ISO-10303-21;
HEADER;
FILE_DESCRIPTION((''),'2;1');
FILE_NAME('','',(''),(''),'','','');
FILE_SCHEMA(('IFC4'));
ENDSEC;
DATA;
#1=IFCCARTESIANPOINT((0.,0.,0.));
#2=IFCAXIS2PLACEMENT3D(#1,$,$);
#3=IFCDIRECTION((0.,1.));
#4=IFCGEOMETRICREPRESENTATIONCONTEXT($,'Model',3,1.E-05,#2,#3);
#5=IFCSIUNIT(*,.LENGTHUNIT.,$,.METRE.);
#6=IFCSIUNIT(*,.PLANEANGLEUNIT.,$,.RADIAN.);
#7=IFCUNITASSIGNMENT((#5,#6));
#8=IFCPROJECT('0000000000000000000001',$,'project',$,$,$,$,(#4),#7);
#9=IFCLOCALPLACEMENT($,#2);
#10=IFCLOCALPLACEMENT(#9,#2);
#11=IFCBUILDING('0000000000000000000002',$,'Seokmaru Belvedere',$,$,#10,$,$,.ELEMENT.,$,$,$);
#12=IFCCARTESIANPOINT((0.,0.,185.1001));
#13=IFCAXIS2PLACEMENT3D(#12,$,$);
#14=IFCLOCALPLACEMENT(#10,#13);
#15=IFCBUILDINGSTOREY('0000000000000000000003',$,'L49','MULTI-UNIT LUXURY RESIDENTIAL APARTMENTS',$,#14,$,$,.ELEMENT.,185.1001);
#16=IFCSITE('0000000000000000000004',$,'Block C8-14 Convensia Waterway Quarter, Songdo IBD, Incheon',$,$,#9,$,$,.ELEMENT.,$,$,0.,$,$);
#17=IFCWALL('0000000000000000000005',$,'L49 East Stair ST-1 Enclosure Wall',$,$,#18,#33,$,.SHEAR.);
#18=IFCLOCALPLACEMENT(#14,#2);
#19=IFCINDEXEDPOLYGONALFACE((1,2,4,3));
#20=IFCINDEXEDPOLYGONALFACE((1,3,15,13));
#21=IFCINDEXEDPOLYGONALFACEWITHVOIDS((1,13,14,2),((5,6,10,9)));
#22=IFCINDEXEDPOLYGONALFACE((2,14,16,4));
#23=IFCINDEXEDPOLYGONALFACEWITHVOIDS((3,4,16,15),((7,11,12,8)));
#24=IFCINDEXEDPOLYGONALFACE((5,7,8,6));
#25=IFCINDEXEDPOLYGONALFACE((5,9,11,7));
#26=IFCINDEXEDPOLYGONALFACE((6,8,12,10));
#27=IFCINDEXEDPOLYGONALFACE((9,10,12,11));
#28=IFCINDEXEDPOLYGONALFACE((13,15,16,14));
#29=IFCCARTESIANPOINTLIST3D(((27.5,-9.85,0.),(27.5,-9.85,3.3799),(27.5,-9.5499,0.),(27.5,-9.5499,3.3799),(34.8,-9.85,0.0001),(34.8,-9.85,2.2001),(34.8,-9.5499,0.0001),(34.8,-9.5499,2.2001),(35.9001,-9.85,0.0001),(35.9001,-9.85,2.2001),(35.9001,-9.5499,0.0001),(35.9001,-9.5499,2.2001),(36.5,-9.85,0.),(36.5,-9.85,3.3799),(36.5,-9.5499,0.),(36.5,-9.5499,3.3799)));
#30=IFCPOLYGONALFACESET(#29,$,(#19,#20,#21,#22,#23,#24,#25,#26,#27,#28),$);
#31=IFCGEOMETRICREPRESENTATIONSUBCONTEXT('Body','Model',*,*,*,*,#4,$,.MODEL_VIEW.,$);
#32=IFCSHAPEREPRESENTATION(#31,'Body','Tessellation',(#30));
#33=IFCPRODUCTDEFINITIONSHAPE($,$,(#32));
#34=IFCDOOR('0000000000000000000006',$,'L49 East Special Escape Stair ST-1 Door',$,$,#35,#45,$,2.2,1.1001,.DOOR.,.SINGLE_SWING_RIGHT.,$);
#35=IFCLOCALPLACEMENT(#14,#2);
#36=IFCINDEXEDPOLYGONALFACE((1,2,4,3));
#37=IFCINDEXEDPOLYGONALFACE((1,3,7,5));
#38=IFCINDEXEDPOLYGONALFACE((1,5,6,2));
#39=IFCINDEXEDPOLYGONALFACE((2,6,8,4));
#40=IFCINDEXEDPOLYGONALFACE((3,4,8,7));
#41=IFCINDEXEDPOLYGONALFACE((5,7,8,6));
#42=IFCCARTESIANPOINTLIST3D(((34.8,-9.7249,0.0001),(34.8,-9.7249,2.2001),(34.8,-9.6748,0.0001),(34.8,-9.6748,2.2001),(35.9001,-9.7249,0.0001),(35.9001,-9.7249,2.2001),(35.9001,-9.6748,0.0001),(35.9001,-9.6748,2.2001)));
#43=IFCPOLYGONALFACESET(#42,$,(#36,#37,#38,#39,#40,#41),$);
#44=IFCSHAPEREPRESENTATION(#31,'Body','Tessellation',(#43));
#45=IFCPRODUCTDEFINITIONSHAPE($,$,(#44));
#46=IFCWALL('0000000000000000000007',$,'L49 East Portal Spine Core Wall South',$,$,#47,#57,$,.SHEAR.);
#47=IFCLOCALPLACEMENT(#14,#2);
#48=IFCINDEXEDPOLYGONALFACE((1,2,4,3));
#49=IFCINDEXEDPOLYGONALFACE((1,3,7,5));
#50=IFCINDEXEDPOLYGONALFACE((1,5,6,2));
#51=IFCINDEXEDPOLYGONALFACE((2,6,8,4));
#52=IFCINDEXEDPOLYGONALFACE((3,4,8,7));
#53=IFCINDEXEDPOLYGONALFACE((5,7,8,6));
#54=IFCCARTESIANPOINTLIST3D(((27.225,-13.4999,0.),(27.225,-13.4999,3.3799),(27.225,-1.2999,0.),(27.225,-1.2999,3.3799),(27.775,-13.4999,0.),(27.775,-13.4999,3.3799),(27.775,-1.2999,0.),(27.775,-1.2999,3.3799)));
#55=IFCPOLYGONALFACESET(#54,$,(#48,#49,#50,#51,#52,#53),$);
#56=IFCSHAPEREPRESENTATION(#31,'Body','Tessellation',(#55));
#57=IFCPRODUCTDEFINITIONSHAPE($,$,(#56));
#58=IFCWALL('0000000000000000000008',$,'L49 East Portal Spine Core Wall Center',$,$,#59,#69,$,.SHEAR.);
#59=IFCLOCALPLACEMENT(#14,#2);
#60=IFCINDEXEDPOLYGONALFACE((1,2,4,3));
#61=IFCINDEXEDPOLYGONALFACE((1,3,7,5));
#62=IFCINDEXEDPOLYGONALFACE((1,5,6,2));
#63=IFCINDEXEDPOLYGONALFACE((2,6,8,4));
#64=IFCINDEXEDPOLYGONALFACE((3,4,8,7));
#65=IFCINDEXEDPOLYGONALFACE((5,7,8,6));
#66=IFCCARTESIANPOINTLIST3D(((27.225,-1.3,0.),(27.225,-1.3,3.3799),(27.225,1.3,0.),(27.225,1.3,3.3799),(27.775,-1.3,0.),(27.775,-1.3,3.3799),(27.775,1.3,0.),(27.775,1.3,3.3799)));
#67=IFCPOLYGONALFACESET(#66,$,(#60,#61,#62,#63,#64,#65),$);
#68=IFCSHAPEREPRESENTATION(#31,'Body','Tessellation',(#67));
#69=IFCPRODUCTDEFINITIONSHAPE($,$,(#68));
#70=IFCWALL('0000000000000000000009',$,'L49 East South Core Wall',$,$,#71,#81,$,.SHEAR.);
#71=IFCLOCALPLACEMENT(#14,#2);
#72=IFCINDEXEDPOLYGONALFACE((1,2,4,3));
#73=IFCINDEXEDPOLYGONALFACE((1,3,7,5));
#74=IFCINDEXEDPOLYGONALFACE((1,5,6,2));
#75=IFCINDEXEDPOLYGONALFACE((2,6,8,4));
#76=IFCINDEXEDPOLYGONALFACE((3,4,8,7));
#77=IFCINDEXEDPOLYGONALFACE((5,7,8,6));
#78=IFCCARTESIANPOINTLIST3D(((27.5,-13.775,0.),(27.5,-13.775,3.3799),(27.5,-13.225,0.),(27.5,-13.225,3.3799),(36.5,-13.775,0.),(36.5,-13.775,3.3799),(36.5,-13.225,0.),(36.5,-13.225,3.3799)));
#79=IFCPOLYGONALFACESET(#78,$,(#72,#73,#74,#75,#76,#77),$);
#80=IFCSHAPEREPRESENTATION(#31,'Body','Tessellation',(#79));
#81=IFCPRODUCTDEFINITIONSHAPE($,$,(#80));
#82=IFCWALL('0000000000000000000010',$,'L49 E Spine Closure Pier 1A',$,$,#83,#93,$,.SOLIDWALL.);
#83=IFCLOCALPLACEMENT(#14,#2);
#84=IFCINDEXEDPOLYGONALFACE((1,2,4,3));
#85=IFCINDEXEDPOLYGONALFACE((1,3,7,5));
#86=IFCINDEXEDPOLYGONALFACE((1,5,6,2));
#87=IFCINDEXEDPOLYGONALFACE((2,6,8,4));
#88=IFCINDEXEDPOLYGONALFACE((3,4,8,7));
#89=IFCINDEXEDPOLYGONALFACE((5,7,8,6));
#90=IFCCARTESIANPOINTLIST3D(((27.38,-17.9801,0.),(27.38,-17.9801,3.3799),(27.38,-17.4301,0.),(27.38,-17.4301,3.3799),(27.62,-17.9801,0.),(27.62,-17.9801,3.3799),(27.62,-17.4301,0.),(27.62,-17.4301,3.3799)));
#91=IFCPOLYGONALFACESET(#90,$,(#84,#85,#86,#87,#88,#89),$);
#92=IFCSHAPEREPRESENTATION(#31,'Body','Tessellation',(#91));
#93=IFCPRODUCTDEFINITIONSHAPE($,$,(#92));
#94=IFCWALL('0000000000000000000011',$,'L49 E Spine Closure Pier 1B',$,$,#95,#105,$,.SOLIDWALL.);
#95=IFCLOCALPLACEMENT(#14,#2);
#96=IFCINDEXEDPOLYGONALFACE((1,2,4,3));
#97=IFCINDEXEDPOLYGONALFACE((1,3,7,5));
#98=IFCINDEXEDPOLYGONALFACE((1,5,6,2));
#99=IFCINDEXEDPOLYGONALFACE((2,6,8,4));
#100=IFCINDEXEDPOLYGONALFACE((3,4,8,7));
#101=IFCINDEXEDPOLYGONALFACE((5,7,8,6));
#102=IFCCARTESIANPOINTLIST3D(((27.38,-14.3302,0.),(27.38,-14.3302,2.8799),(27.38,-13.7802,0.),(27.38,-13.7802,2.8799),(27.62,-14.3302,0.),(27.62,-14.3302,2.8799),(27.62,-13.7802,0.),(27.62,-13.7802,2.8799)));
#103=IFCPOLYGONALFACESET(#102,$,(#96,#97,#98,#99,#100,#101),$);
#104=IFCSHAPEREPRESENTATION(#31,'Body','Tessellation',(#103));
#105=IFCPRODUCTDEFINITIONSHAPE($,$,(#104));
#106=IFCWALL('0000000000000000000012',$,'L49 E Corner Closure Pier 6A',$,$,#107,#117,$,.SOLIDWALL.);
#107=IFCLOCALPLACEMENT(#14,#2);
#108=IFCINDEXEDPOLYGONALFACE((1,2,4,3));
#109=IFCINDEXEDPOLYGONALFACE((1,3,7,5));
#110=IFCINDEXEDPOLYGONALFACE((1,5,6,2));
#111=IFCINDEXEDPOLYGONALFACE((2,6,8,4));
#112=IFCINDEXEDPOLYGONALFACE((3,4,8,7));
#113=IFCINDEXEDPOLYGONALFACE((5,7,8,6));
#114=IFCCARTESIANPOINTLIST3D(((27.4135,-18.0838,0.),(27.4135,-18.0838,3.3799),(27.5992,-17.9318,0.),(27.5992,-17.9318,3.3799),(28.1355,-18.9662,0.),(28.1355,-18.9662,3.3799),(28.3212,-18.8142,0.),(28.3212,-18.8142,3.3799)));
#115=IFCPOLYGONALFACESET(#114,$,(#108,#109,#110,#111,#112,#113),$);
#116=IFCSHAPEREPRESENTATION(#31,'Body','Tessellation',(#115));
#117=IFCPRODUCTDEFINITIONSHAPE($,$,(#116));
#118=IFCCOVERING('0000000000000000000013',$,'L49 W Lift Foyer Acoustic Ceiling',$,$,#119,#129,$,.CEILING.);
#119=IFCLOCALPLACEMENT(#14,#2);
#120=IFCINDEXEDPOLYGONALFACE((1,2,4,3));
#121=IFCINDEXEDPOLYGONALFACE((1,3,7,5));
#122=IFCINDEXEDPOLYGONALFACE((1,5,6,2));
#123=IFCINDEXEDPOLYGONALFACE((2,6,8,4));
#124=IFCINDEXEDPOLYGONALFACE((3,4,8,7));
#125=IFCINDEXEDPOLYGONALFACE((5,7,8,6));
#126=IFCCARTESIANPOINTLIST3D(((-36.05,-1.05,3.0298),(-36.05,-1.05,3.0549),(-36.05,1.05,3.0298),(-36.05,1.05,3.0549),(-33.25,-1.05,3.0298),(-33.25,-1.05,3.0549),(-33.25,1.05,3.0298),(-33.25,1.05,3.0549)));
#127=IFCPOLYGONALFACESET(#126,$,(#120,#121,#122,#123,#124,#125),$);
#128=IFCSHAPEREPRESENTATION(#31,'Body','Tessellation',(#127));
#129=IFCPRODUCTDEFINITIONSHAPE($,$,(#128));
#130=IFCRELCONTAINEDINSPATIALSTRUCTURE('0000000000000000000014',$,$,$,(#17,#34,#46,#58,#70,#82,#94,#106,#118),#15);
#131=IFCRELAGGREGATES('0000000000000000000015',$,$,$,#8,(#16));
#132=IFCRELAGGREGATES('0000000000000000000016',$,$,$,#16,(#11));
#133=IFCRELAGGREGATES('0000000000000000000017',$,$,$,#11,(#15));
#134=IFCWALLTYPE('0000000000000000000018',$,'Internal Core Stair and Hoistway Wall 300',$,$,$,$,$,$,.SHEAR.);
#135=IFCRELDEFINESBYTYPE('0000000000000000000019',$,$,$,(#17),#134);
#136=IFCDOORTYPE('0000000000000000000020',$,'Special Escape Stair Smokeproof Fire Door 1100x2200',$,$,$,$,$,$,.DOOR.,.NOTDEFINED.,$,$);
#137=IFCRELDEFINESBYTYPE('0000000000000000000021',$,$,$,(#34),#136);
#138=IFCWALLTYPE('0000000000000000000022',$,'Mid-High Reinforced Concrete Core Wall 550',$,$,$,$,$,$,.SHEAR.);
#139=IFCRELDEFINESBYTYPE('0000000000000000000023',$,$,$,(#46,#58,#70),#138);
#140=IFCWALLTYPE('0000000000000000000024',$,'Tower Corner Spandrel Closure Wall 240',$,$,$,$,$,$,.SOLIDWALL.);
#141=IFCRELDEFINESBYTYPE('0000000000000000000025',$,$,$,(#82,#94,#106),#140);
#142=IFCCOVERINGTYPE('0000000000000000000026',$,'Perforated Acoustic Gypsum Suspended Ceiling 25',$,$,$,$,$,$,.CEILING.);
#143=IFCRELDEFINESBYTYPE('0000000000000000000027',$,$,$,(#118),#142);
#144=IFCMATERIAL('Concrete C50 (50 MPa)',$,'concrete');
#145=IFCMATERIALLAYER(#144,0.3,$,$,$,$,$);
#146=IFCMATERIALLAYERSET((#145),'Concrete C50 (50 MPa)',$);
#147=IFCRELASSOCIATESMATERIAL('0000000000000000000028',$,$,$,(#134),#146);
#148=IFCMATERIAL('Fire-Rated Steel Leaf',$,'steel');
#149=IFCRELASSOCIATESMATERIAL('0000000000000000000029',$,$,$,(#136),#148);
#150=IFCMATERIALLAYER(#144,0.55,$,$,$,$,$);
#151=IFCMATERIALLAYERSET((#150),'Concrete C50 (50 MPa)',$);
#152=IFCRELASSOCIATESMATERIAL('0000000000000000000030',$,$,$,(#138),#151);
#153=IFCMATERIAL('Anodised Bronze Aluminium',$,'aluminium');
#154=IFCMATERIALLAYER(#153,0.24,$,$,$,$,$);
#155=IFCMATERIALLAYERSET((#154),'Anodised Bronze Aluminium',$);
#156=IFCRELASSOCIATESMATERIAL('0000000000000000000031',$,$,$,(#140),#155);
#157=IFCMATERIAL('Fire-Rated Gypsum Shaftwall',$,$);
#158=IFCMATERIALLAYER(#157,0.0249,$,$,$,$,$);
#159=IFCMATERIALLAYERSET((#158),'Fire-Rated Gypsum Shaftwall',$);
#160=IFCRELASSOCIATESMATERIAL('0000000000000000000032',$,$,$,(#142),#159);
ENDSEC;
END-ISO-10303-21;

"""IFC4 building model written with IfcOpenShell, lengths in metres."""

from ifc_helpers import new_model, si_unit, direction, frame, frame_2d, origin, place, context, subcontext, project, spatial, polyline, rectangle, outline, extrude, source, transform, mapped, material, layer, layer_set, type_object, type_shapes, element, fill, save


model = new_model("IFC4")

# Units and contexts
model_context = context("Model", 3, precision=1e-05, world=origin(), true_north=direction((0.0, 1.0)))
body_context = subcontext(model_context, "Body", "Model", "MODEL_VIEW")
ifc_project = project(units=[si_unit("LENGTHUNIT", "METRE"), si_unit("PLANEANGLEUNIT", "RADIAN")], contexts=[model_context])

# Site, building, storey
site_placement = place(None, origin())
site = spatial("IfcSite", under=ifc_project, at=site_placement, Name="Block C8-14 Convensia Waterway Quarter, Songdo IBD, Incheon", CompositionType="ELEMENT", RefElevation=0.0)
building_placement = place(site_placement, origin())
building = spatial("IfcBuilding", under=site, at=building_placement, Name="Seokmaru Belvedere", CompositionType="ELEMENT")
storey_placement = place(building_placement, frame((0.0, 0.0, 185.1001)))
storey = spatial("IfcBuildingStorey", under=building, at=storey_placement, Name="L49", Description="MULTI-UNIT LUXURY RESIDENTIAL APARTMENTS", CompositionType="ELEMENT", Elevation=185.1001)

# Shared definitions
ifc_material_1 = material(Name="Anodised Bronze Aluminium", Category="aluminium")

# Shared definitions
ifc_material_2 = material(Name="Fire-Rated Gypsum Shaftwall")
ifc_material_3 = material(Name="Fire-Rated Steel Leaf", Category="steel")

# Shared definitions
ifc_material_4 = material(Name="Concrete C50 (50 MPa)", Category="concrete")

# Wall, opening, door
ifc_layer_1 = layer(ifc_material_4, 0.3)
ifc_layer_set_1 = layer_set([ifc_layer_1], Name="Concrete C50 (50 MPa)")
wall_type_1 = type_object("IfcWallType", Name="Internal Core Stair and Hoistway Wall 300", PredefinedType="SHEAR", material=ifc_layer_set_1)
wall_1_placement = place(storey_placement, frame((27.5, -9.7, 0.0), z_axis=(0.0, 0.0, 1.0), x_axis=(1.0, 0.0, 0.0)))
wall_1 = element("IfcWall", 1, at=wall_1_placement, inside=storey, type_object=wall_type_1, Name="L49 East Stair ST-1 Enclosure Wall", PredefinedType="SHEAR", context=body_context, shape_type="SweptSolid", body=[
    extrude(rectangle(XDim=9.0, YDim=0.3, at=frame_2d((4.5, 0.0))), origin(), (0.0, 0.0, 1.0), 3.3799),
])
opening_1_placement = place(wall_1_placement, frame((7.3, 0.0, 0.0)))
opening_1 = element("IfcOpeningElement", 2, at=opening_1_placement, cuts=wall_1, PredefinedType="OPENING", context=body_context, shape_type="SweptSolid", body=[
    extrude(rectangle(XDim=1.1001, YDim=2.2, at=frame_2d((0.55, 1.1001))), frame((0.0, 0.1602, 0.0), z_axis=(0.0, -1.0, 0.0), x_axis=(1.0, 0.0, 0.0)), (0.0, 0.0, 1.0), 0.3201),
])
door_type_1 = type_object("IfcDoorType", Name="Special Escape Stair Smokeproof Fire Door 1100x2200", OperationType="NOTDEFINED", PredefinedType="DOOR", material=ifc_material_3)
shared_shape_1 = source(origin(), body_context, "Body", "SweptSolid", [
    extrude(rectangle(XDim=1.1001, YDim=2.2, at=frame_2d((0.55, 1.1001))), frame((0.0, 0.0249, 0.0), z_axis=(0.0, -1.0, 0.0), x_axis=(1.0, 0.0, 0.0)), (0.0, 0.0, 1.0), 0.05),
])
type_shapes(door_type_1, [shared_shape_1])
door_1_placement = place(opening_1_placement, frame((1.1001, 0.0, 0.0), z_axis=(0.0, 0.0, 1.0), x_axis=(-1.0, 0.0, 0.0)))
door_1 = element("IfcDoor", 3, at=door_1_placement, inside=storey, type_object=door_type_1, Name="L49 East Special Escape Stair ST-1 Door", OperationType="SINGLE_SWING_RIGHT", OverallHeight=2.2, OverallWidth=1.1001, PredefinedType="DOOR", context=body_context, shape_type="MappedRepresentation", body=[
    mapped(shared_shape_1, transform((0.0, 0.0, 0.0), scale=1.0)),
])
fill(opening_1, door_1)

# Walls
ifc_layer_2 = layer(ifc_material_4, 0.55)
ifc_layer_set_2 = layer_set([ifc_layer_2], Name="Concrete C50 (50 MPa)")
wall_type_2 = type_object("IfcWallType", Name="Mid-High Reinforced Concrete Core Wall 550", PredefinedType="SHEAR", material=ifc_layer_set_2)
wall_2_placement = place(storey_placement, frame((27.5, -13.5, 0.0), z_axis=(0.0, 0.0, 1.0), x_axis=(0.0, 1.0, 0.0)))
element("IfcWall", 4, at=wall_2_placement, inside=storey, type_object=wall_type_2, Name="L49 East Portal Spine Core Wall South", PredefinedType="SHEAR", context=body_context, shape_type="SweptSolid", body=[
    extrude(rectangle(XDim=12.2, YDim=0.55, at=frame_2d((6.1001, 0.0))), origin(), (0.0, 0.0, 1.0), 3.3799),
])
wall_3_placement = place(storey_placement, frame((27.5, -1.3, 0.0), z_axis=(0.0, 0.0, 1.0), x_axis=(0.0, 1.0, 0.0)))
element("IfcWall", 5, at=wall_3_placement, inside=storey, type_object=wall_type_2, Name="L49 East Portal Spine Core Wall Center", PredefinedType="SHEAR", context=body_context, shape_type="SweptSolid", body=[
    extrude(rectangle(XDim=2.6001, YDim=0.55, at=frame_2d((1.3, 0.0))), origin(), (0.0, 0.0, 1.0), 3.3799),
])
wall_4_placement = place(storey_placement, frame((27.5, -13.5, 0.0), z_axis=(0.0, 0.0, 1.0), x_axis=(1.0, 0.0, 0.0)))
element("IfcWall", 6, at=wall_4_placement, inside=storey, type_object=wall_type_2, Name="L49 East South Core Wall", PredefinedType="SHEAR", context=body_context, shape_type="SweptSolid", body=[
    extrude(rectangle(XDim=9.0, YDim=0.55, at=frame_2d((4.5, 0.0))), origin(), (0.0, 0.0, 1.0), 3.3799),
])
ifc_layer_3 = layer(ifc_material_1, 0.24)
ifc_layer_set_3 = layer_set([ifc_layer_3], Name="Anodised Bronze Aluminium")
wall_type_3 = type_object("IfcWallType", Name="Tower Corner Spandrel Closure Wall 240", PredefinedType="SOLIDWALL", material=ifc_layer_set_3)
wall_5_placement = place(storey_placement, frame((27.5, -17.98, 0.0), z_axis=(0.0, 0.0, 1.0), x_axis=(0.0, 1.0, 0.0)))
element("IfcWall", 7, at=wall_5_placement, inside=storey, type_object=wall_type_3, Name="L49 E Spine Closure Pier 1A", PredefinedType="SOLIDWALL", context=body_context, shape_type="SweptSolid", body=[
    extrude(rectangle(XDim=0.55, YDim=0.24, at=frame_2d((0.2749, 0.0))), origin(), (0.0, 0.0, 1.0), 3.3799),
])
wall_6_placement = place(storey_placement, frame((27.5, -14.3301, 0.0), z_axis=(0.0, 0.0, 1.0), x_axis=(0.0, 1.0, 0.0)))
element("IfcWall", 8, at=wall_6_placement, inside=storey, type_object=wall_type_3, Name="L49 E Spine Closure Pier 1B", PredefinedType="SOLIDWALL", context=body_context, shape_type="SweptSolid", body=[
    extrude(rectangle(XDim=0.55, YDim=0.24, at=frame_2d((0.2749, 0.0))), origin(), (0.0, 0.0, 1.0), 2.8799),
])
wall_7_placement = place(storey_placement, frame((27.5063, -18.0078, 0.0), z_axis=(0.0, 0.0, 1.0), x_axis=(0.633249, -0.773948, 0.0)))
element("IfcWall", 9, at=wall_7_placement, inside=storey, type_object=wall_type_3, Name="L49 E Corner Closure Pier 6A", PredefinedType="SOLIDWALL", context=body_context, shape_type="SweptSolid", body=[
    extrude(rectangle(XDim=1.1401, YDim=0.24, at=frame_2d((0.5701, 0.0))), origin(), (0.0, 0.0, 1.0), 3.3799),
])

# Covering
ifc_layer_4 = layer(ifc_material_2, 0.0249)
ifc_layer_set_4 = layer_set([ifc_layer_4], Name="Fire-Rated Gypsum Shaftwall")
covering_type = type_object("IfcCoveringType", Name="Perforated Acoustic Gypsum Suspended Ceiling 25", PredefinedType="CEILING", material=ifc_layer_set_4)
covering_placement = place(storey_placement, frame((0.0, 0.0, 3.0298)))
element("IfcCovering", 10, at=covering_placement, inside=storey, type_object=covering_type, Name="L49 W Lift Foyer Acoustic Ceiling", PredefinedType="CEILING", context=body_context, shape_type="SweptSolid", body=[
    extrude(outline(polyline([(-36.05, -1.05), (-33.25, -1.05), (-33.25, 1.05), (-36.05, 1.05), (-36.05, -1.05)])), origin(), (0.0, 0.0, 1.0), 0.0251),
])

save(model, "model.ifc")
